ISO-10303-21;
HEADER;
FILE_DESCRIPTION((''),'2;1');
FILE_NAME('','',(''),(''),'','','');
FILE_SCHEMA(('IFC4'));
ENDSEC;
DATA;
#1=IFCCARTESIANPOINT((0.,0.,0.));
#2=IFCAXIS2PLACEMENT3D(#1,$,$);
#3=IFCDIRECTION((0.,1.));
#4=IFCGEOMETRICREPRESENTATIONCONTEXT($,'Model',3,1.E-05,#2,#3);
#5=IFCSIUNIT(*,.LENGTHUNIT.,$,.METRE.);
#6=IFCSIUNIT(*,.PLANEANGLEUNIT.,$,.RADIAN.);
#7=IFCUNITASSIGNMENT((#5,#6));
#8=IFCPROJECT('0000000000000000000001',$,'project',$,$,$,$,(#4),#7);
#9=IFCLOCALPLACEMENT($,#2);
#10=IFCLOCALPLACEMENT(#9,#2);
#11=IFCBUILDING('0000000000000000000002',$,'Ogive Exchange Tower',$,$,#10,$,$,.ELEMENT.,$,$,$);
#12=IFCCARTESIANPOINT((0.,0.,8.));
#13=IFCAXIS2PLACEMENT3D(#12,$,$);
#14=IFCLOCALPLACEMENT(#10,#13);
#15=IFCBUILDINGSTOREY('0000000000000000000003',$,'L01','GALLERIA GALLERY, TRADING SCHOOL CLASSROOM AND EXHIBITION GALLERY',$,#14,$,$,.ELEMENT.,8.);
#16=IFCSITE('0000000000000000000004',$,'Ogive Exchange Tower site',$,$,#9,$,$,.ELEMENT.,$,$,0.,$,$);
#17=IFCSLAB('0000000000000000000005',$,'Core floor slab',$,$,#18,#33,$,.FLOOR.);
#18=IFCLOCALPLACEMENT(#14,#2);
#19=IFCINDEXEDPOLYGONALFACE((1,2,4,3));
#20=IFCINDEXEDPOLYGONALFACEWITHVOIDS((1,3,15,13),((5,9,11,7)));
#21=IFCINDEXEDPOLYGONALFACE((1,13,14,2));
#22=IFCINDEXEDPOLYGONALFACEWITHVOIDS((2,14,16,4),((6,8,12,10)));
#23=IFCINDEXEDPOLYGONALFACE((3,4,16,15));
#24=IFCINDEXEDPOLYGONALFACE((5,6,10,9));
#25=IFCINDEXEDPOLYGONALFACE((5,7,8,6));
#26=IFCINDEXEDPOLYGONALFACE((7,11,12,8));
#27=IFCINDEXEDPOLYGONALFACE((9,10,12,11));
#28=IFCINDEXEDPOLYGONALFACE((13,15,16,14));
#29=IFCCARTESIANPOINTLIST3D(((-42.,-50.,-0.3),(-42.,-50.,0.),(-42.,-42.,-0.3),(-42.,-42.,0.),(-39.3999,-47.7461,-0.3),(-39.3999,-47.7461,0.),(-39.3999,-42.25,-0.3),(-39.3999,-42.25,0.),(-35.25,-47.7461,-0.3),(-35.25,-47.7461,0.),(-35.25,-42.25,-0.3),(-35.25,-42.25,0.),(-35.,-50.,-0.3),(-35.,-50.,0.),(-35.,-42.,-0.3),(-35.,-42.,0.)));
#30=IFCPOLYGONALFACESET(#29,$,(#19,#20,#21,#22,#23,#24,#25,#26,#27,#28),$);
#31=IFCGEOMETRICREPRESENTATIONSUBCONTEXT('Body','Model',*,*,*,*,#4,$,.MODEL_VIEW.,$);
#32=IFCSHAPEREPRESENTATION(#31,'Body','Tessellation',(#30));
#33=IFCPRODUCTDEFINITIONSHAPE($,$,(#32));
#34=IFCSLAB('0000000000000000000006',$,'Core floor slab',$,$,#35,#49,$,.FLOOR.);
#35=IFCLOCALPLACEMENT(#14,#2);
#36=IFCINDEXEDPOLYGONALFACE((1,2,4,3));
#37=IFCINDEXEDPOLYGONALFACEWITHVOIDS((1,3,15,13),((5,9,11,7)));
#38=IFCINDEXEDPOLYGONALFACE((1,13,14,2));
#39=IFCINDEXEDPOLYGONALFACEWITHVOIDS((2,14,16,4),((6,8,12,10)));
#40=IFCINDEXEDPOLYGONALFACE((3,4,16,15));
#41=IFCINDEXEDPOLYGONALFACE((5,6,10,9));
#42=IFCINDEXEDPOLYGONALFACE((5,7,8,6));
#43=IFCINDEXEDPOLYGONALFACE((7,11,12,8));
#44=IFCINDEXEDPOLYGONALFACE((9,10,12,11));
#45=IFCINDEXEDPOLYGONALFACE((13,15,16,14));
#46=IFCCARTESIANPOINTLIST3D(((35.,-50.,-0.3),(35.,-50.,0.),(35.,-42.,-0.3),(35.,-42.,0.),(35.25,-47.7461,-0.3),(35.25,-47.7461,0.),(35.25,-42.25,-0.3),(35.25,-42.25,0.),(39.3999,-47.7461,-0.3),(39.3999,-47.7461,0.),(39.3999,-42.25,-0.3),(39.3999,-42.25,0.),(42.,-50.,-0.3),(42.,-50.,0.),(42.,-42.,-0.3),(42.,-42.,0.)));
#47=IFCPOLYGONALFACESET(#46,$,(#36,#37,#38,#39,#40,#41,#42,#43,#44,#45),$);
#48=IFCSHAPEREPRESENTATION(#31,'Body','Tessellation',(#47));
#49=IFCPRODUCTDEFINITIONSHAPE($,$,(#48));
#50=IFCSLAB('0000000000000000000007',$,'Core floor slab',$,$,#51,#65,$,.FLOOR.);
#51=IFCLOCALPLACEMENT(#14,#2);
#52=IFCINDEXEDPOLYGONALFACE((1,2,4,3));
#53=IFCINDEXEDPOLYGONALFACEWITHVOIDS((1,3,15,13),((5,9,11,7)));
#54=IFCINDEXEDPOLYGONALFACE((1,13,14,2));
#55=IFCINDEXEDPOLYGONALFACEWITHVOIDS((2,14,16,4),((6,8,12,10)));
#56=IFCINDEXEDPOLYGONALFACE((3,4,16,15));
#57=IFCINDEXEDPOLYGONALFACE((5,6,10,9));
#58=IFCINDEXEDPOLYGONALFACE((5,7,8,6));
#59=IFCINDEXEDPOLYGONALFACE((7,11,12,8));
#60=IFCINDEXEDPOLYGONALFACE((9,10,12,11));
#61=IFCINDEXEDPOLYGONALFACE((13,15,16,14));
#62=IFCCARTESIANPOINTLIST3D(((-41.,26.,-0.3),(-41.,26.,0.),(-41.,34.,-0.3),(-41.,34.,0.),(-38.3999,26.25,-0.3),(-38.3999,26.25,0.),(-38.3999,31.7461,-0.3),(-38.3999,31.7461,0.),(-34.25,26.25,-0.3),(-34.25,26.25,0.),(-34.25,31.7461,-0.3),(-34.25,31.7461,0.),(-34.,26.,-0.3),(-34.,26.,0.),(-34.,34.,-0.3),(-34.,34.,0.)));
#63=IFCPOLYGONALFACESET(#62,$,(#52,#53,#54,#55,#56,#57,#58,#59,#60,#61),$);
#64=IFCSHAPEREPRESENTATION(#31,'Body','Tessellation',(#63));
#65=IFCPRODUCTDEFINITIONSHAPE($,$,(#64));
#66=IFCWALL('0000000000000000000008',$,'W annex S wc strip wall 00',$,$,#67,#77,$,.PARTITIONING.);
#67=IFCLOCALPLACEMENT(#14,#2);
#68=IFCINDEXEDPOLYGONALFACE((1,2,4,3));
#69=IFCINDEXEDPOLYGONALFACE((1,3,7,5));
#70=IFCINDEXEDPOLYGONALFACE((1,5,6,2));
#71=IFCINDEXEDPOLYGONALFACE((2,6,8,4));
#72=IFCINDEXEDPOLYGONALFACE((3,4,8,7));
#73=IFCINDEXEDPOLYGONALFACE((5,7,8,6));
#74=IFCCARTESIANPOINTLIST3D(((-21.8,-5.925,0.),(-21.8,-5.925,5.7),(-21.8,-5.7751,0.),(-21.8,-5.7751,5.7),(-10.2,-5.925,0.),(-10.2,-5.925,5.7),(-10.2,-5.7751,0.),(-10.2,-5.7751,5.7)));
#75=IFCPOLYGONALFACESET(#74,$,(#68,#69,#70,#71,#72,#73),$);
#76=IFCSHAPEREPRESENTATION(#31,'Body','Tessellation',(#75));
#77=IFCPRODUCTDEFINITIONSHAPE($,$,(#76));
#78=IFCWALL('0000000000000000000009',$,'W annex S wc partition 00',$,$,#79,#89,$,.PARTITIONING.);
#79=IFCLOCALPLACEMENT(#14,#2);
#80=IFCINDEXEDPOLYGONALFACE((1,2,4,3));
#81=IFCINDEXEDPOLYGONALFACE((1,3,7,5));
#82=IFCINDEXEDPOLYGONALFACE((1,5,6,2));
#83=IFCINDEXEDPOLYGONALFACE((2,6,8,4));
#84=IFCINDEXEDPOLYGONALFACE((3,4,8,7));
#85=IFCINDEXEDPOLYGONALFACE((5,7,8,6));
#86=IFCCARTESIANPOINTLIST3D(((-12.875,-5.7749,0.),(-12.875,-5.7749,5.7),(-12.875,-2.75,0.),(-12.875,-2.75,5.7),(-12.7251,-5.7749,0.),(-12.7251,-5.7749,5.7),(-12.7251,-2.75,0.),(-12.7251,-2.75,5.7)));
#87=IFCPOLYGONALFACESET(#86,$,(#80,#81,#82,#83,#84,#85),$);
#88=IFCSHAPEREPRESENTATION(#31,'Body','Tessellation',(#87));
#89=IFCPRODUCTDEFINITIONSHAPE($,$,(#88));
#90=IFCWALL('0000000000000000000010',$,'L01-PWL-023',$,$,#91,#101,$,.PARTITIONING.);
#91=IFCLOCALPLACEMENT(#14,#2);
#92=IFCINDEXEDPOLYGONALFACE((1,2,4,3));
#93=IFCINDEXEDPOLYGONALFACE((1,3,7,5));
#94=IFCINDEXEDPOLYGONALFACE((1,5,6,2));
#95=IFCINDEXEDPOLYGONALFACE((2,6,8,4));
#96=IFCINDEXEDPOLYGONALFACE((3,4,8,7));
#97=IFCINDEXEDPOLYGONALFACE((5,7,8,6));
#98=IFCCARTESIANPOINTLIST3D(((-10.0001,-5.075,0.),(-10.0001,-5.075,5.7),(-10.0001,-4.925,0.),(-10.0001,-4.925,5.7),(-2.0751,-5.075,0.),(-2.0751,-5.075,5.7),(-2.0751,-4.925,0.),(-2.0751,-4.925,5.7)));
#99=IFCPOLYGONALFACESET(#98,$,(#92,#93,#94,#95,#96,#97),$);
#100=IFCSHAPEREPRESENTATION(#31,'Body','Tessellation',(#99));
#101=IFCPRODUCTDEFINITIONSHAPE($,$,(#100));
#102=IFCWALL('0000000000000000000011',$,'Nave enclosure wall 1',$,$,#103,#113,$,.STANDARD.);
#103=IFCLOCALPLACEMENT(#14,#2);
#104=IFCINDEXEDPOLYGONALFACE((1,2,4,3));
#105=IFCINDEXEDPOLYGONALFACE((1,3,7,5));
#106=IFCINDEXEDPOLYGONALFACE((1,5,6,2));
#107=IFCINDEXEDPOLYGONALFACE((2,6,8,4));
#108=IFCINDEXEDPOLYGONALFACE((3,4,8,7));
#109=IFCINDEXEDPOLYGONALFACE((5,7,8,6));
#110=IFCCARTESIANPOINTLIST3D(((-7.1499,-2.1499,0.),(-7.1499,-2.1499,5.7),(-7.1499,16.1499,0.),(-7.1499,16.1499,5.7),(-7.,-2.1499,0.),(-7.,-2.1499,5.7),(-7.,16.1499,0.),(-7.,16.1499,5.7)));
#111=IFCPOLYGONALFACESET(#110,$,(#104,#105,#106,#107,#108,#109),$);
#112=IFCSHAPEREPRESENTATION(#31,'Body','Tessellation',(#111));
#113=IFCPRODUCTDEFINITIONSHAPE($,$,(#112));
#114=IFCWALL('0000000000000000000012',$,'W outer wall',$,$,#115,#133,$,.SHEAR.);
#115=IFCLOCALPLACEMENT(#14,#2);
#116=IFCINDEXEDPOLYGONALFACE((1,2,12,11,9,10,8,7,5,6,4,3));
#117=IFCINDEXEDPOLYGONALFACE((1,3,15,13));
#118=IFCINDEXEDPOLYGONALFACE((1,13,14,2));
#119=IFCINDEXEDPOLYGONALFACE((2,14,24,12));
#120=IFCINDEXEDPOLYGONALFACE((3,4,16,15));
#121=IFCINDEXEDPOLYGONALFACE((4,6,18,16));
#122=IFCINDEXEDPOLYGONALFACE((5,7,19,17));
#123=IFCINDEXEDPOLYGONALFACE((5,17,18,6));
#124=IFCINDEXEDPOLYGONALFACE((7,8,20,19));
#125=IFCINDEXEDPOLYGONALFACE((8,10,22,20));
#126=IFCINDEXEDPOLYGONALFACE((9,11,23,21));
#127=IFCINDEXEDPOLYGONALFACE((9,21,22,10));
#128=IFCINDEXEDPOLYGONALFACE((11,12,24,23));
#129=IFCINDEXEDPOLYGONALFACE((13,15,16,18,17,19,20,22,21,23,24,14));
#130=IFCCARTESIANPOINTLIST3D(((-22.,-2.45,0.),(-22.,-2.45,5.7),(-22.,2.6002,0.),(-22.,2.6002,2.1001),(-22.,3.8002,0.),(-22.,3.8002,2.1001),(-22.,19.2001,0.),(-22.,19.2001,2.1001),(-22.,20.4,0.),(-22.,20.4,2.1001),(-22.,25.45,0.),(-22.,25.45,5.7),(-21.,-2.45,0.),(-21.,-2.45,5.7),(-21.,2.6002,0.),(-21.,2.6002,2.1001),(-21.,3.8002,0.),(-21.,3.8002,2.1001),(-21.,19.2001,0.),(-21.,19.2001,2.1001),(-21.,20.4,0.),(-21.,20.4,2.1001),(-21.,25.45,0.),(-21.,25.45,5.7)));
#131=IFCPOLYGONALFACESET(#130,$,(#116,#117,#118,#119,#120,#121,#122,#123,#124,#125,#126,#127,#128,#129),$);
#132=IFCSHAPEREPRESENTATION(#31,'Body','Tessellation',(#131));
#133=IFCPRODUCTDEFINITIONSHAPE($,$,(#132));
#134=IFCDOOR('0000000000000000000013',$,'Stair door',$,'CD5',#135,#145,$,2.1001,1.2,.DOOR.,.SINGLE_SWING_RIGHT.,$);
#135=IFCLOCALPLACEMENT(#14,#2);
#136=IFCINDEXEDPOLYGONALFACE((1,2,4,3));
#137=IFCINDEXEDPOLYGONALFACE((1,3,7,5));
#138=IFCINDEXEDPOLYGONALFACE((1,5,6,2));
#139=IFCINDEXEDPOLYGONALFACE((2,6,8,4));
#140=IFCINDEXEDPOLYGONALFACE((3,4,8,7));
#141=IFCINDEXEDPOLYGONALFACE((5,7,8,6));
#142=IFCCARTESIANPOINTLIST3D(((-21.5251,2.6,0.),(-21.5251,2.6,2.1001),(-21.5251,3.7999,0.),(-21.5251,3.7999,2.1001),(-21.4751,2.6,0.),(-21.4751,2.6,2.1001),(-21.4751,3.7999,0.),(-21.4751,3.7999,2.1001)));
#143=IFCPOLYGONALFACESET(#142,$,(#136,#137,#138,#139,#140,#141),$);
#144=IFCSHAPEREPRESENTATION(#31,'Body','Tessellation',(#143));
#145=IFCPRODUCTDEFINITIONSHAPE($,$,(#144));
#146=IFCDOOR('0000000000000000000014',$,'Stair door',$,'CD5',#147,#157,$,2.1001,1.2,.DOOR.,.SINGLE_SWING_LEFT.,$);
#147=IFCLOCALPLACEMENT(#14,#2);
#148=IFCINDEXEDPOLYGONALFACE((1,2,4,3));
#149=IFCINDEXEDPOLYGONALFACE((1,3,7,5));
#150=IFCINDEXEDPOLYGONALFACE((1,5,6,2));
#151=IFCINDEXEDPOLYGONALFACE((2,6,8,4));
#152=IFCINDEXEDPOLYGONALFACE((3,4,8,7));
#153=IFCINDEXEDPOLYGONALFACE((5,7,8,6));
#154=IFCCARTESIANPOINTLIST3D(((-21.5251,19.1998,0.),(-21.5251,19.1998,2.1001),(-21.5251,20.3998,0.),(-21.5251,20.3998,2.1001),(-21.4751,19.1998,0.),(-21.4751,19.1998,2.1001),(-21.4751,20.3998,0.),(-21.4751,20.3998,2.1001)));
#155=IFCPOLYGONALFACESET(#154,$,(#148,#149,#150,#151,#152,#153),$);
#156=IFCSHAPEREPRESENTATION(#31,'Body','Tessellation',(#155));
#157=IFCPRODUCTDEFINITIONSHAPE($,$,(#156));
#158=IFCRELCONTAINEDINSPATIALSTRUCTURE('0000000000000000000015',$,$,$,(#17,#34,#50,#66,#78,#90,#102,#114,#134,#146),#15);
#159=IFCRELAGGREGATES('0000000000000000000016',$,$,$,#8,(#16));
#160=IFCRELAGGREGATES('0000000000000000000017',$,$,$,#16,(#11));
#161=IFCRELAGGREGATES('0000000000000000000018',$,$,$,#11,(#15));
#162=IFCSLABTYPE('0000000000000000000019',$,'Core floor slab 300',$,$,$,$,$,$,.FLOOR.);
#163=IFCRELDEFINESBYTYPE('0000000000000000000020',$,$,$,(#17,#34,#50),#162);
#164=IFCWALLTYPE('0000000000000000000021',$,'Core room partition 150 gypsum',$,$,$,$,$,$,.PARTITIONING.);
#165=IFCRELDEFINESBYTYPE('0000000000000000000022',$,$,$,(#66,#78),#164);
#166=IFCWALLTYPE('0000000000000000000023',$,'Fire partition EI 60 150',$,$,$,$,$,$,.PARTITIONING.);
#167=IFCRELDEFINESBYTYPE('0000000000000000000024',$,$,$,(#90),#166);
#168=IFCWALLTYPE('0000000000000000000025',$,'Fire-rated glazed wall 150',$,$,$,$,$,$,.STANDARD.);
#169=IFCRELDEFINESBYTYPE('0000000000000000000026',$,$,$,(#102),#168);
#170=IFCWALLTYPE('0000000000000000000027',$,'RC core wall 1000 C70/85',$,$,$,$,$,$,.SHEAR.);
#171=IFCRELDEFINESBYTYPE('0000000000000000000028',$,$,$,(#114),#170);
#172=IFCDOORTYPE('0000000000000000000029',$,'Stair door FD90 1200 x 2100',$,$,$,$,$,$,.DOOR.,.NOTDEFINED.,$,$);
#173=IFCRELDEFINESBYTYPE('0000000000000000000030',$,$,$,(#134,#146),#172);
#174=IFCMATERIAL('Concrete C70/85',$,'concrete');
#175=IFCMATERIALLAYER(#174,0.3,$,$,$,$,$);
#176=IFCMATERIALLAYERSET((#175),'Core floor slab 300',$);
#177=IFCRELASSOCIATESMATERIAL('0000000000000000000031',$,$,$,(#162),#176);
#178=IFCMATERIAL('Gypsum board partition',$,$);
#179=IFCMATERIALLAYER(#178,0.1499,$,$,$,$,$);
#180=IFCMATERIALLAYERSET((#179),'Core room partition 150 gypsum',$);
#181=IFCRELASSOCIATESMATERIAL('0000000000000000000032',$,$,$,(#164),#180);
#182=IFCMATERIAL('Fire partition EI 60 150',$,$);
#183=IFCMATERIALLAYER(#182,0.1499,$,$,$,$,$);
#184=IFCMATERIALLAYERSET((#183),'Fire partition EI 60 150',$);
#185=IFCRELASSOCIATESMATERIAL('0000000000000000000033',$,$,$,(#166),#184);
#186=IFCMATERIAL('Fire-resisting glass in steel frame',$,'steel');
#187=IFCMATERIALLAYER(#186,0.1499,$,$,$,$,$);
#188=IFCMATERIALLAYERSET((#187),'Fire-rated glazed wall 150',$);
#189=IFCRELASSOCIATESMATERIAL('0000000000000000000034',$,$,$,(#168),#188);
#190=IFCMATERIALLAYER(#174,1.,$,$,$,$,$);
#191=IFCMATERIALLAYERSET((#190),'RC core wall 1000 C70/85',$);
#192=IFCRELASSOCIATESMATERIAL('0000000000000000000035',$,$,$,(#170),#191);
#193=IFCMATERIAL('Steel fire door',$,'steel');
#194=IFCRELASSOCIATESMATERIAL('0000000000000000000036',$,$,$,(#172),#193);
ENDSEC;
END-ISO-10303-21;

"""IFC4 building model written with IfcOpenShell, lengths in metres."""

from ifc_helpers import new_model, si_unit, direction, frame, frame_2d, origin, place, context, subcontext, project, spatial, polyline, rectangle, outline, extrude, material, layer, layer_set, type_object, element, fill, save


model = new_model("IFC4")

# Units and contexts
model_context = context("Model", 3, precision=1e-05, world=origin(), true_north=direction((0.0, 1.0)))
body_context = subcontext(model_context, "Body", "Model", "MODEL_VIEW")
ifc_project = project(units=[si_unit("LENGTHUNIT", "METRE"), si_unit("PLANEANGLEUNIT", "RADIAN")], contexts=[model_context])

# Site, building, storey
site_placement = place(None, origin())
site = spatial("IfcSite", under=ifc_project, at=site_placement, Name="Ogive Exchange Tower site", CompositionType="ELEMENT", RefElevation=0.0)
building_placement = place(site_placement, origin())
building = spatial("IfcBuilding", under=site, at=building_placement, Name="Ogive Exchange Tower", CompositionType="ELEMENT")
storey_placement = place(building_placement, frame((0.0, 0.0, 8.0)))
storey = spatial("IfcBuildingStorey", under=building, at=storey_placement, Name="L01", Description="GALLERIA GALLERY, TRADING SCHOOL CLASSROOM AND EXHIBITION GALLERY", CompositionType="ELEMENT", Elevation=8.0)

# Slabs
ifc_material_1 = material(Name="Concrete C70/85", Category="concrete")
ifc_layer_1 = layer(ifc_material_1, 0.3)
ifc_layer_set_1 = layer_set([ifc_layer_1], Name="Core floor slab 300")
slab_type_1 = type_object("IfcSlabType", Name="Core floor slab 300", PredefinedType="FLOOR", material=ifc_layer_set_1)
slab_1_placement = place(storey_placement, frame((0.0, 0.0, -0.3)))
element("IfcSlab", 1, at=slab_1_placement, inside=storey, type_object=slab_type_1, Name="Core floor slab", PredefinedType="FLOOR", context=body_context, shape_type="SweptSolid", body=[
    extrude(outline(polyline([(-42.0, -50.0), (-42.0, -42.0), (-35.0, -42.0), (-35.0, -50.0), (-42.0, -50.0)]), holes=[polyline([(-35.25, -42.25), (-39.3999, -42.25), (-39.3999, -47.7461), (-35.25, -47.7461), (-35.25, -42.25)])]), origin(), (0.0, 0.0, 1.0), 0.3),
])
slab_2_placement = place(storey_placement, frame((0.0, 0.0, -0.3)))
element("IfcSlab", 2, at=slab_2_placement, inside=storey, type_object=slab_type_1, Name="Core floor slab", PredefinedType="FLOOR", context=body_context, shape_type="SweptSolid", body=[
    extrude(outline(polyline([(35.0, -50.0), (35.0, -42.0), (42.0, -42.0), (42.0, -50.0), (35.0, -50.0)]), holes=[polyline([(39.3999, -42.25), (35.25, -42.25), (35.25, -47.7461), (39.3999, -47.7461), (39.3999, -42.25)])]), origin(), (0.0, 0.0, 1.0), 0.3),
])
slab_3_placement = place(storey_placement, frame((0.0, 0.0, -0.3)))
element("IfcSlab", 3, at=slab_3_placement, inside=storey, type_object=slab_type_1, Name="Core floor slab", PredefinedType="FLOOR", context=body_context, shape_type="SweptSolid", body=[
    extrude(outline(polyline([(-41.0, 26.0), (-41.0, 34.0), (-34.0, 34.0), (-34.0, 26.0), (-41.0, 26.0)]), holes=[polyline([(-38.3999, 26.25), (-34.25, 26.25), (-34.25, 31.7461), (-38.3999, 31.7461), (-38.3999, 26.25)])]), origin(), (0.0, 0.0, 1.0), 0.3),
])

# Walls
ifc_material_2 = material(Name="Gypsum board partition")
ifc_layer_2 = layer(ifc_material_2, 0.1499)
ifc_layer_set_2 = layer_set([ifc_layer_2], Name="Core room partition 150 gypsum")
wall_type_1 = type_object("IfcWallType", Name="Core room partition 150 gypsum", PredefinedType="PARTITIONING", material=ifc_layer_set_2)
wall_1_placement = place(storey_placement, frame((-21.8, -5.8501, 0.0), z_axis=(0.0, 0.0, 1.0), x_axis=(1.0, 0.0, 0.0)))
element("IfcWall", 4, at=wall_1_placement, inside=storey, type_object=wall_type_1, Name="W annex S wc strip wall 00", PredefinedType="PARTITIONING", context=body_context, shape_type="SweptSolid", body=[
    extrude(rectangle(XDim=11.6001, YDim=0.1499, at=frame_2d((5.8, 0.0))), origin(), (0.0, 0.0, 1.0), 5.7),
])
wall_2_placement = place(storey_placement, frame((-12.8, -5.7749, 0.0), z_axis=(0.0, 0.0, 1.0), x_axis=(0.0, 1.0, 0.0)))
element("IfcWall", 5, at=wall_2_placement, inside=storey, type_object=wall_type_1, Name="W annex S wc partition 00", PredefinedType="PARTITIONING", context=body_context, shape_type="SweptSolid", body=[
    extrude(rectangle(XDim=3.0249, YDim=0.1499, at=frame_2d((1.5125, 0.0))), origin(), (0.0, 0.0, 1.0), 5.7),
])
ifc_material_3 = material(Name="Fire partition EI 60 150")
ifc_layer_3 = layer(ifc_material_3, 0.1499)
ifc_layer_set_3 = layer_set([ifc_layer_3], Name="Fire partition EI 60 150")
wall_type_2 = type_object("IfcWallType", Name="Fire partition EI 60 150", PredefinedType="PARTITIONING", material=ifc_layer_set_3)
wall_3_placement = place(storey_placement, frame((-10.0, -5.0, 0.0), z_axis=(0.0, 0.0, 1.0), x_axis=(1.0, 0.0, 0.0)))
element("IfcWall", 6, at=wall_3_placement, inside=storey, type_object=wall_type_2, Name="L01-PWL-023", PredefinedType="PARTITIONING", context=body_context, shape_type="SweptSolid", body=[
    extrude(rectangle(XDim=7.925, YDim=0.1499, at=frame_2d((3.9624, 0.0))), origin(), (0.0, 0.0, 1.0), 5.7),
])
ifc_material_4 = material(Name="Fire-resisting glass in steel frame", Category="steel")
ifc_layer_4 = layer(ifc_material_4, 0.1499)
ifc_layer_set_4 = layer_set([ifc_layer_4], Name="Fire-rated glazed wall 150")
wall_type_3 = type_object("IfcWallType", Name="Fire-rated glazed wall 150", PredefinedType="STANDARD", material=ifc_layer_set_4)
wall_4_placement = place(storey_placement, frame((-7.075, -2.1499, 0.0), z_axis=(0.0, 0.0, 1.0), x_axis=(0.0, 1.0, 0.0)))
element("IfcWall", 7, at=wall_4_placement, inside=storey, type_object=wall_type_3, Name="Nave enclosure wall 1", PredefinedType="STANDARD", context=body_context, shape_type="SweptSolid", body=[
    extrude(rectangle(XDim=18.2998, YDim=0.1499, at=frame_2d((9.1499, 0.0))), origin(), (0.0, 0.0, 1.0), 5.7),
])

# Wall, openings, doors
ifc_layer_5 = layer(ifc_material_1, 1.0)
ifc_layer_set_5 = layer_set([ifc_layer_5], Name="RC core wall 1000 C70/85")
wall_type_4 = type_object("IfcWallType", Name="RC core wall 1000 C70/85", PredefinedType="SHEAR", material=ifc_layer_set_5)
wall_5_placement = place(storey_placement, frame((-21.5, -2.45, 0.0), z_axis=(0.0, 0.0, 1.0), x_axis=(0.0, 1.0, 0.0)))
wall_5 = element("IfcWall", 8, at=wall_5_placement, inside=storey, type_object=wall_type_4, Name="W outer wall", PredefinedType="SHEAR", context=body_context, shape_type="SweptSolid", body=[
    extrude(rectangle(XDim=27.8999, YDim=1.0, at=frame_2d((13.95, 0.0))), origin(), (0.0, 0.0, 1.0), 5.7),
])
opening_1_placement = place(wall_5_placement, frame((5.05, 0.0, 0.0)))
opening_1 = element("IfcOpeningElement", 9, at=opening_1_placement, cuts=wall_5, PredefinedType="OPENING", context=body_context, shape_type="SweptSolid", body=[
    extrude(rectangle(XDim=1.2, YDim=2.1001, at=frame_2d((0.6001, 1.05))), frame((0.0, 0.51, 0.0), z_axis=(0.0, -1.0, 0.0), x_axis=(1.0, 0.0, 0.0)), (0.0, 0.0, 1.0), 1.02),
])
opening_2_placement = place(wall_5_placement, frame((21.6499, 0.0, 0.0)))
opening_2 = element("IfcOpeningElement", 10, at=opening_2_placement, cuts=wall_5, PredefinedType="OPENING", context=body_context, shape_type="SweptSolid", body=[
    extrude(rectangle(XDim=1.2, YDim=2.1001, at=frame_2d((0.6001, 1.05))), frame((0.0, 0.51, 0.0), z_axis=(0.0, -1.0, 0.0), x_axis=(1.0, 0.0, 0.0)), (0.0, 0.0, 1.0), 1.02),
])
ifc_material_5 = material(Name="Steel fire door", Category="steel")
door_type_1 = type_object("IfcDoorType", Name="Stair door FD90 1200 x 2100", OperationType="NOTDEFINED", PredefinedType="DOOR", material=ifc_material_5)
door_1_placement = place(opening_1_placement, frame((1.2, 0.0, 0.0), z_axis=(0.0, 0.0, 1.0), x_axis=(-1.0, 0.0, 0.0)))
door_1 = element("IfcDoor", 11, at=door_1_placement, inside=storey, type_object=door_type_1, Name="Stair door", ObjectType="CD5", OperationType="SINGLE_SWING_RIGHT", OverallHeight=2.1001, OverallWidth=1.2, PredefinedType="DOOR", context=body_context, shape_type="SweptSolid", body=[
    extrude(rectangle(XDim=1.2, YDim=2.1001, at=frame_2d((0.6001, 1.05))), frame((0.0, 0.0249, 0.0), z_axis=(0.0, -1.0, 0.0), x_axis=(1.0, 0.0, 0.0)), (0.0, 0.0, 1.0), 0.05),
])
fill(opening_1, door_1)
door_2_placement = place(opening_2_placement, frame((1.2, 0.0, 0.0), z_axis=(0.0, 0.0, 1.0), x_axis=(-1.0, 0.0, 0.0)))
door_2 = element("IfcDoor", 12, at=door_2_placement, inside=storey, type_object=door_type_1, Name="Stair door", ObjectType="CD5", OperationType="SINGLE_SWING_LEFT", OverallHeight=2.1001, OverallWidth=1.2, PredefinedType="DOOR", context=body_context, shape_type="SweptSolid", body=[
    extrude(rectangle(XDim=1.2, YDim=2.1001, at=frame_2d((0.6001, 1.05))), frame((0.0, 0.0249, 0.0), z_axis=(0.0, -1.0, 0.0), x_axis=(1.0, 0.0, 0.0)), (0.0, 0.0, 1.0), 0.05),
])
fill(opening_2, door_2)

save(model, "model.ifc")
